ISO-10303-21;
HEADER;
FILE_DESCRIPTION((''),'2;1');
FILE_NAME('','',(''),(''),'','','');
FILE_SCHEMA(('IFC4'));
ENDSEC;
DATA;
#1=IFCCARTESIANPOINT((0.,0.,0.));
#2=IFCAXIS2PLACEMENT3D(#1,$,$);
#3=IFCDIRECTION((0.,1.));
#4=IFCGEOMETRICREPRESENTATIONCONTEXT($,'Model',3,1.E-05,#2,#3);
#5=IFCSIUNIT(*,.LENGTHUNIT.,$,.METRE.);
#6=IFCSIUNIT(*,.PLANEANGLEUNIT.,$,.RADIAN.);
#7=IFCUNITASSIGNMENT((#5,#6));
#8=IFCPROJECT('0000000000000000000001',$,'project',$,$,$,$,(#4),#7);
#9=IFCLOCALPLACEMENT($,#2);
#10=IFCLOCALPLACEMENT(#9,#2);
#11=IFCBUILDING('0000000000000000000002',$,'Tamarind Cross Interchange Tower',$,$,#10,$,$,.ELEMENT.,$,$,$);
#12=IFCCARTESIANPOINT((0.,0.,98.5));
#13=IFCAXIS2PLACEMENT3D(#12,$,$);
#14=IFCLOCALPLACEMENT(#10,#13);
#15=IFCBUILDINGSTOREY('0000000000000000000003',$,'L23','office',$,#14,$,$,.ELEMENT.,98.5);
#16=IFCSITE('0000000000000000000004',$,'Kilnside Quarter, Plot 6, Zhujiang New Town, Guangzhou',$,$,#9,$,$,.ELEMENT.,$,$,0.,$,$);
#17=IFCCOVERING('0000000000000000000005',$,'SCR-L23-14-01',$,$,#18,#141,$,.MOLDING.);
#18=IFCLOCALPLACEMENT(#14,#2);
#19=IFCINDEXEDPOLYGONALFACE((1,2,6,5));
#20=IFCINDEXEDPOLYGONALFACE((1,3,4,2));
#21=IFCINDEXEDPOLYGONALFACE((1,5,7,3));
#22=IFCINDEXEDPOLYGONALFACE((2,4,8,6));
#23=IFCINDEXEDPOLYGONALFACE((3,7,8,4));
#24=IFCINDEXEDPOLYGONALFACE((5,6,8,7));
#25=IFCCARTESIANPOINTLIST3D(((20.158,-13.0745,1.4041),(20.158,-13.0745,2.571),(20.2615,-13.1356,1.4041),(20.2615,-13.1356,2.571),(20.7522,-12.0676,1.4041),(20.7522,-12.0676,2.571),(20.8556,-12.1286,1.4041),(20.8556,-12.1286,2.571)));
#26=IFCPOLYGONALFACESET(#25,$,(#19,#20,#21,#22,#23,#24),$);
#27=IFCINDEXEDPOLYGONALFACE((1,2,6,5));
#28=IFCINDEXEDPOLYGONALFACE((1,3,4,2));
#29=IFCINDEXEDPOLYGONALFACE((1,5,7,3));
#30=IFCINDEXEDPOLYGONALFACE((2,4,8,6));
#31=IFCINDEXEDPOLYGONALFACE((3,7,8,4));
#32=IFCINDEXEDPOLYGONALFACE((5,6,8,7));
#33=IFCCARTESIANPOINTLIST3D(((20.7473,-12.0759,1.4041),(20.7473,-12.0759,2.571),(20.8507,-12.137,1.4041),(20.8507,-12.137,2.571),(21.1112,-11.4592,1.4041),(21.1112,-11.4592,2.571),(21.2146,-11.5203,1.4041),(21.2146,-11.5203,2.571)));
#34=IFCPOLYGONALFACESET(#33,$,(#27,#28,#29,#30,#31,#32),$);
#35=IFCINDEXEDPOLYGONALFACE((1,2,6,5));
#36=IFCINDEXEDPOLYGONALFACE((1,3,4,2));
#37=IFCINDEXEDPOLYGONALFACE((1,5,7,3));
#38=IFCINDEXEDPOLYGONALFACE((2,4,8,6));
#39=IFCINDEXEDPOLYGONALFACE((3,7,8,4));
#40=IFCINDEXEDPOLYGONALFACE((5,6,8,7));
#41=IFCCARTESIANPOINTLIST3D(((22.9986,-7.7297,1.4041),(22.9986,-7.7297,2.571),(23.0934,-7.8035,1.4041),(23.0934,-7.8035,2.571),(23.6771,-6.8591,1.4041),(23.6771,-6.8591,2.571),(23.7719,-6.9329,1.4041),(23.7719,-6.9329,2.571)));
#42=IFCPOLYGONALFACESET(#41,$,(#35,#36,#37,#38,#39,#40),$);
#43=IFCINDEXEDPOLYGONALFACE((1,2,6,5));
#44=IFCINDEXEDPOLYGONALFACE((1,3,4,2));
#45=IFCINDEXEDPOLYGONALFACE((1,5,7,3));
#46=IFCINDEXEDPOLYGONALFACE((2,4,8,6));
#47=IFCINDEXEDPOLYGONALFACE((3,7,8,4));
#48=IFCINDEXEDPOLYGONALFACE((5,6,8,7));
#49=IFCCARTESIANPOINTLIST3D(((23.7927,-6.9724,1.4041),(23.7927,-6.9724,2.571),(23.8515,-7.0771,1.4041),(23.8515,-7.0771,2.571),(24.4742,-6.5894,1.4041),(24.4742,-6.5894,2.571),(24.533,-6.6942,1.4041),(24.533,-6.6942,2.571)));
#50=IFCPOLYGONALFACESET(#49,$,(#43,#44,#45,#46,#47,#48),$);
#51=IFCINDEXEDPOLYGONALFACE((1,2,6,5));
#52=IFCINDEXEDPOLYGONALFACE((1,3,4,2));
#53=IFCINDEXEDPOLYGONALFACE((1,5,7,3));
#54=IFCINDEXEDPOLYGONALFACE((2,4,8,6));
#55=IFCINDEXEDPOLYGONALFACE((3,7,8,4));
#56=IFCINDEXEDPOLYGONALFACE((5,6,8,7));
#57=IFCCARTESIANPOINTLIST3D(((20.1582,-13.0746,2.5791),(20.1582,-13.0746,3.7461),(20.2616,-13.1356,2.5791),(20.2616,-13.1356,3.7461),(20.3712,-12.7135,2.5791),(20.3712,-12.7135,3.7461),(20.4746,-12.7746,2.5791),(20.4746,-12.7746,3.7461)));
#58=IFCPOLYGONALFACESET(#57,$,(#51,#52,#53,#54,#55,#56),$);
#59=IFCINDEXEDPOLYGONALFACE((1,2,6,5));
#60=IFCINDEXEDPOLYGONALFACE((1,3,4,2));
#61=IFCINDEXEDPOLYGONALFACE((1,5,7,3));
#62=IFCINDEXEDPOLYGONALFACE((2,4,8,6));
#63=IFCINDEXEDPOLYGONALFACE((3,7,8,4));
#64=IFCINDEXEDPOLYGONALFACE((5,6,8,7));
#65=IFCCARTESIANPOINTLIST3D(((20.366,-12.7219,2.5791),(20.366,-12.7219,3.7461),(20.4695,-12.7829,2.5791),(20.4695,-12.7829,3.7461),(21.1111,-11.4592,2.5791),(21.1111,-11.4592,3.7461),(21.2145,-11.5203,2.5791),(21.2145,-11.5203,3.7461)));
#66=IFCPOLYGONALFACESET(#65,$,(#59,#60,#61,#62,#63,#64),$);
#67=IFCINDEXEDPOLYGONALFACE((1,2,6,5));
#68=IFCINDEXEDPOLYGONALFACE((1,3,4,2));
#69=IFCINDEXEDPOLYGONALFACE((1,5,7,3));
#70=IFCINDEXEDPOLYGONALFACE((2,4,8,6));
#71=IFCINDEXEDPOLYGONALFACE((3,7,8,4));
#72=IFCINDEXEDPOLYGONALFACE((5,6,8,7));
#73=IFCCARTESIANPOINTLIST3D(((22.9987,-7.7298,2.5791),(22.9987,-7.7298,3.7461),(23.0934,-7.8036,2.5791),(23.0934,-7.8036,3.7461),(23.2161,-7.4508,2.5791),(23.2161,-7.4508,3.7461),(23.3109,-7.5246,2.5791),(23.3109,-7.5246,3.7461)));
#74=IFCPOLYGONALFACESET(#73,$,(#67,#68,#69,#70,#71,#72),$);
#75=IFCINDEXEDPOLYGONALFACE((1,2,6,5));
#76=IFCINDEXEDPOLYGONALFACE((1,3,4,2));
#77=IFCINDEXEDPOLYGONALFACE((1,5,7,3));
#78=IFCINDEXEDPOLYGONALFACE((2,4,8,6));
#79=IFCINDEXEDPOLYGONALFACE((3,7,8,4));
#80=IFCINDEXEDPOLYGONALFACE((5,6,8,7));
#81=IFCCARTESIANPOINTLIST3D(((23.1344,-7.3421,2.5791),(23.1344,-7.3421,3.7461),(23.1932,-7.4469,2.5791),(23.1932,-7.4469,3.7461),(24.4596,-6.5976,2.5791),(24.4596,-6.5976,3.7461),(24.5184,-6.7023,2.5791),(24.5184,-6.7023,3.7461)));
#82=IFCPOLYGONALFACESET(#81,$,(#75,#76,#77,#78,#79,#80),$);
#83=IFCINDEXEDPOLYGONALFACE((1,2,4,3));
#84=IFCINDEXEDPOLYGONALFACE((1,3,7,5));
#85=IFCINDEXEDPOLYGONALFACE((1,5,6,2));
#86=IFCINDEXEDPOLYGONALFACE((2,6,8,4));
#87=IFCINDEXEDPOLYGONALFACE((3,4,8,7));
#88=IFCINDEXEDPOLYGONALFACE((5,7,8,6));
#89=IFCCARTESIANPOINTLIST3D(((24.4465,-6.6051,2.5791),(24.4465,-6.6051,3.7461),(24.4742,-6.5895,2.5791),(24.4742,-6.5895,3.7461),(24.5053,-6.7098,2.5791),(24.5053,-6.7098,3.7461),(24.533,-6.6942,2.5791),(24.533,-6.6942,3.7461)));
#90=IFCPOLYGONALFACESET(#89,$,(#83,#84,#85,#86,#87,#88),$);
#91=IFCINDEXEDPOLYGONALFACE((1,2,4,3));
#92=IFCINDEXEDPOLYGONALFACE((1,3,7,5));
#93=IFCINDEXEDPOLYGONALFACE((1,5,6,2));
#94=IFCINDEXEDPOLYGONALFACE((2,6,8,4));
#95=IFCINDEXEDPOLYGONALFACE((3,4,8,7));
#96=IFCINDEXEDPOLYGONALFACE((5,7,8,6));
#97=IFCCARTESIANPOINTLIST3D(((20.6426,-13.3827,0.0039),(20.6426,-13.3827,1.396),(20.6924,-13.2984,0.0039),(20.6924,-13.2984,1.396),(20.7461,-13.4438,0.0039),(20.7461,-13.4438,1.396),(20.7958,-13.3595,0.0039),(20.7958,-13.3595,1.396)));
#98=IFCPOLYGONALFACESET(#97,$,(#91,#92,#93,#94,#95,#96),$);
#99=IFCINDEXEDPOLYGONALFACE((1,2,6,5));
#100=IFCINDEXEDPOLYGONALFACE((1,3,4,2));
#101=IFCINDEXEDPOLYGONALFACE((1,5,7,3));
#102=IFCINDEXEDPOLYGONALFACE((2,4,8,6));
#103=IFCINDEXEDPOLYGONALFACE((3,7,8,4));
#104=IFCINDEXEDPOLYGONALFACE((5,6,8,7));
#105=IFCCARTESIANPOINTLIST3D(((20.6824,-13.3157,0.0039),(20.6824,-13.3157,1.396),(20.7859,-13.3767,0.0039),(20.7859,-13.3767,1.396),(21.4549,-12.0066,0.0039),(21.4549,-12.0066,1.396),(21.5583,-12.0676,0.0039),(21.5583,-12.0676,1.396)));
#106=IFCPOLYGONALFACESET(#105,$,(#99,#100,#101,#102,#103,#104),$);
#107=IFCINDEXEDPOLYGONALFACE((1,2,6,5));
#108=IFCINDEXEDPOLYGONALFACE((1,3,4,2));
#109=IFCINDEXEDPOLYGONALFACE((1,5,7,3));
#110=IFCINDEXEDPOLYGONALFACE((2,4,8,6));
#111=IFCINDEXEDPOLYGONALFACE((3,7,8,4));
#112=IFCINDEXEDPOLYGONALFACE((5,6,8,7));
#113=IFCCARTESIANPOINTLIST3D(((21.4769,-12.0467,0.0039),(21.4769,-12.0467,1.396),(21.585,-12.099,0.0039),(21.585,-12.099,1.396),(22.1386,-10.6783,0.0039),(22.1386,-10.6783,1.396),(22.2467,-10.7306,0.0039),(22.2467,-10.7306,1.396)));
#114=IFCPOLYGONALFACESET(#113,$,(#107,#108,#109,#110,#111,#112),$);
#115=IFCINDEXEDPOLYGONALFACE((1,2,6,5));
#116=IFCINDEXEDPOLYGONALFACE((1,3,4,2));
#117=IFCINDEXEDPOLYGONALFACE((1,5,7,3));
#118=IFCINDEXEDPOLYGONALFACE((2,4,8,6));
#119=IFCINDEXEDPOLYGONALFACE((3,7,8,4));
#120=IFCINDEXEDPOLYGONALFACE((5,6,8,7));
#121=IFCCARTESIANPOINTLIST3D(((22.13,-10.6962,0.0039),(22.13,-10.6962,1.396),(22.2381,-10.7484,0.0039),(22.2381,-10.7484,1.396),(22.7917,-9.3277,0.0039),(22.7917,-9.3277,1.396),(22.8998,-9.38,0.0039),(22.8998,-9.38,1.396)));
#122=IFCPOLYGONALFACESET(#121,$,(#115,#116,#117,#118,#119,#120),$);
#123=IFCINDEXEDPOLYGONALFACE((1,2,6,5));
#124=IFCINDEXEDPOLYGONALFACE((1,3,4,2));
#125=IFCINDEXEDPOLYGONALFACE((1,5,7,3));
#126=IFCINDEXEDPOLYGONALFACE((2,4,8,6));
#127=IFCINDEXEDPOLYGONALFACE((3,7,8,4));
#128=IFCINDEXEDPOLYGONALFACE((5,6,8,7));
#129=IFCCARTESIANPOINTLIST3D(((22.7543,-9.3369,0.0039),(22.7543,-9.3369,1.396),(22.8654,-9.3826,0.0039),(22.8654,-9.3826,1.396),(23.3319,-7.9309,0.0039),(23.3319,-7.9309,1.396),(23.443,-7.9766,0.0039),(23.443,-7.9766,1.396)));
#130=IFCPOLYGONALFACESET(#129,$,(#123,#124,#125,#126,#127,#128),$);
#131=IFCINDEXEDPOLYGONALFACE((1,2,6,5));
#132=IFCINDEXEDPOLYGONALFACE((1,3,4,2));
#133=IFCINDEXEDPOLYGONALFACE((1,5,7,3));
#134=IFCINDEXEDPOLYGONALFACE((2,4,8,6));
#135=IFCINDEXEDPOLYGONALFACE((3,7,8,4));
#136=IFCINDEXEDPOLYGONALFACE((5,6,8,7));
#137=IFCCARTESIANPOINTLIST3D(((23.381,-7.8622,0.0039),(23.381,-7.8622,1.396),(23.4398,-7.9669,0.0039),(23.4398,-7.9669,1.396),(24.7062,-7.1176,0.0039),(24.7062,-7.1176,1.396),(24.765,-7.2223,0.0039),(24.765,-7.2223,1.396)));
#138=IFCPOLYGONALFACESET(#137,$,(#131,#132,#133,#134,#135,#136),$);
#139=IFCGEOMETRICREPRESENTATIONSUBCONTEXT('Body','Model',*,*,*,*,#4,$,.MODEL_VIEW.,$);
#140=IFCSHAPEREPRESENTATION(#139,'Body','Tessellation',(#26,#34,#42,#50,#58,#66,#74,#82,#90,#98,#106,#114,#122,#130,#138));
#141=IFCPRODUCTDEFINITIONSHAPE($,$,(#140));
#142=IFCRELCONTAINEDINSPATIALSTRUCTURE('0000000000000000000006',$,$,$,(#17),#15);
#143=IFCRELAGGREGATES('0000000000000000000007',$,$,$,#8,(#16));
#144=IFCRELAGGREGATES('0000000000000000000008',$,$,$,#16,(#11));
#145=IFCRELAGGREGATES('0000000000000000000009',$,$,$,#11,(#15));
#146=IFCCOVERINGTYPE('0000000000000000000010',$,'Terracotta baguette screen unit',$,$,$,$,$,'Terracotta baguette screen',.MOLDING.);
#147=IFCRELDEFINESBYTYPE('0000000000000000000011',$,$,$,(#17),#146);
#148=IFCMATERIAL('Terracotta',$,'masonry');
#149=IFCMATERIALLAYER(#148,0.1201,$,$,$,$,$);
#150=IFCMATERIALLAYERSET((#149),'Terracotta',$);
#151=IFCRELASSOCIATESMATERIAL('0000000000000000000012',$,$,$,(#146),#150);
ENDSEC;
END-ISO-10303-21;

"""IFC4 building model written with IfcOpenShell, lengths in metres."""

from ifc_helpers import new_model, si_unit, direction, frame, origin, origin_2d, place, context, subcontext, project, spatial, rectangle, extrude, material, layer, layer_set, type_object, element, save


model = new_model("IFC4")

# Units and contexts
model_context = context("Model", 3, precision=1e-05, world=origin(), true_north=direction((0.0, 1.0)))
body_context = subcontext(model_context, "Body", "Model", "MODEL_VIEW")
ifc_project = project(units=[si_unit("LENGTHUNIT", "METRE"), si_unit("PLANEANGLEUNIT", "RADIAN")], contexts=[model_context])

# Site, building, storey
site_placement = place(None, origin())
site = spatial("IfcSite", under=ifc_project, at=site_placement, Name="Kilnside Quarter, Plot 6, Zhujiang New Town, Guangzhou", CompositionType="ELEMENT", RefElevation=0.0)
building_placement = place(site_placement, origin())
building = spatial("IfcBuilding", under=site, at=building_placement, Name="Tamarind Cross Interchange Tower", CompositionType="ELEMENT")
storey_placement = place(building_placement, frame((0.0, 0.0, 98.5)))
storey = spatial("IfcBuildingStorey", under=building, at=storey_placement, Name="L23", Description="office", CompositionType="ELEMENT", Elevation=98.5)

# Covering
ifc_material_1 = material(Name="Terracotta", Category="masonry")
ifc_layer_1 = layer(ifc_material_1, 0.1201)
ifc_layer_set_1 = layer_set([ifc_layer_1], Name="Terracotta")
covering_type = type_object("IfcCoveringType", Name="Terracotta baguette screen unit", ElementType="Terracotta baguette screen", PredefinedType="MOLDING", material=ifc_layer_set_1)
covering_1_placement = place(storey_placement, origin())
element("IfcCovering", 1, at=covering_1_placement, inside=storey, type_object=covering_type, Name="SCR-L23-14-01", PredefinedType="MOLDING", context=body_context, shape_type="SweptSolid", body=[
    extrude(rectangle(XDim=1.1692, YDim=0.1201, at=origin_2d()), frame((20.5068, -12.6016, 1.4041), z_axis=(0.0, 0.0, 1.0), x_axis=(0.508183, 0.861249, 0.0)), (0.0, 0.0, 1.0), 1.167),
    extrude(rectangle(XDim=0.7161, YDim=0.1201, at=origin_2d()), frame((20.981, -11.7981, 1.4041), z_axis=(0.0, 0.0, 1.0), x_axis=(0.508183, 0.861249, 0.0)), (0.0, 0.0, 1.0), 1.167),
    extrude(rectangle(XDim=1.1038, YDim=0.1201, at=origin_2d()), frame((23.3853, -7.3313, 1.4041), z_axis=(0.0, 0.0, 1.0), x_axis=(0.614716, 0.788748, 0.0)), (0.0, 0.0, 1.0), 1.167),
    extrude(rectangle(XDim=0.7817, YDim=0.1201, at=origin_2d()), frame((24.1628, -6.8333, 1.4041), z_axis=(0.0, 0.0, 1.0), x_axis=(0.871816, 0.489833, 0.0)), (0.0, 0.0, 1.0), 1.167),
    extrude(rectangle(XDim=0.4192, YDim=0.1201, at=origin_2d()), frame((20.3164, -12.9246, 2.5791), z_axis=(0.0, 0.0, 1.0), x_axis=(0.508183, 0.861249, 0.0)), (0.0, 0.0, 1.0), 1.167),
    extrude(rectangle(XDim=1.4661, YDim=0.1201, at=origin_2d()), frame((20.7903, -12.1211, 2.5791), z_axis=(0.0, 0.0, 1.0), x_axis=(0.508183, 0.861249, 0.0)), (0.0, 0.0, 1.0), 1.167),
    extrude(rectangle(XDim=0.3538, YDim=0.1201, at=origin_2d()), frame((23.1548, -7.6272, 2.5791), z_axis=(0.0, 0.0, 1.0), x_axis=(0.614716, 0.788748, 0.0)), (0.0, 0.0, 1.0), 1.167),
    extrude(rectangle(XDim=1.52, YDim=0.1201, at=origin_2d()), frame((23.8264, -7.0222, 2.5791), z_axis=(0.0, 0.0, 1.0), x_axis=(0.871816, 0.489833, 0.0)), (0.0, 0.0, 1.0), 1.167),
    extrude(rectangle(XDim=0.0317, YDim=0.1201, at=origin_2d()), frame((24.4897, -6.6497, 2.5791), z_axis=(0.0, 0.0, 1.0), x_axis=(0.871816, 0.489833, 0.0)), (0.0, 0.0, 1.0), 1.167),
    extrude(rectangle(XDim=0.0979, YDim=0.1201, at=origin_2d()), frame((20.7192, -13.3711, 0.0039), z_axis=(0.0, 0.0, 1.0), x_axis=(0.508183, 0.861249, 0.0)), (0.0, 0.0, 1.0), 1.3921),
    extrude(rectangle(XDim=1.52, YDim=0.1201, at=origin_2d()), frame((21.1204, -12.6917, 0.0039), z_axis=(0.0, 0.0, 1.0), x_axis=(0.508183, 0.861249, 0.0)), (0.0, 0.0, 1.0), 1.3921),
    extrude(rectangle(XDim=1.52, YDim=0.1201, at=origin_2d()), frame((21.8618, -11.3887, 0.0039), z_axis=(0.0, 0.0, 1.0), x_axis=(0.435326, 0.900273, 0.0)), (0.0, 0.0, 1.0), 1.3921),
    extrude(rectangle(XDim=1.52, YDim=0.1201, at=origin_2d()), frame((22.5149, -10.0381, 0.0039), z_axis=(0.0, 0.0, 1.0), x_axis=(0.435326, 0.900273, 0.0)), (0.0, 0.0, 1.0), 1.3921),
    extrude(rectangle(XDim=1.52, YDim=0.1201, at=origin_2d()), frame((23.0986, -8.6567, 0.0039), z_axis=(0.0, 0.0, 1.0), x_axis=(0.380016, 0.92498, 0.0)), (0.0, 0.0, 1.0), 1.3921),
    extrude(rectangle(XDim=1.52, YDim=0.1201, at=origin_2d()), frame((24.073, -7.5422, 0.0039), z_axis=(0.0, 0.0, 1.0), x_axis=(0.871816, 0.489833, 0.0)), (0.0, 0.0, 1.0), 1.3921),
])

save(model, "model.ifc")
